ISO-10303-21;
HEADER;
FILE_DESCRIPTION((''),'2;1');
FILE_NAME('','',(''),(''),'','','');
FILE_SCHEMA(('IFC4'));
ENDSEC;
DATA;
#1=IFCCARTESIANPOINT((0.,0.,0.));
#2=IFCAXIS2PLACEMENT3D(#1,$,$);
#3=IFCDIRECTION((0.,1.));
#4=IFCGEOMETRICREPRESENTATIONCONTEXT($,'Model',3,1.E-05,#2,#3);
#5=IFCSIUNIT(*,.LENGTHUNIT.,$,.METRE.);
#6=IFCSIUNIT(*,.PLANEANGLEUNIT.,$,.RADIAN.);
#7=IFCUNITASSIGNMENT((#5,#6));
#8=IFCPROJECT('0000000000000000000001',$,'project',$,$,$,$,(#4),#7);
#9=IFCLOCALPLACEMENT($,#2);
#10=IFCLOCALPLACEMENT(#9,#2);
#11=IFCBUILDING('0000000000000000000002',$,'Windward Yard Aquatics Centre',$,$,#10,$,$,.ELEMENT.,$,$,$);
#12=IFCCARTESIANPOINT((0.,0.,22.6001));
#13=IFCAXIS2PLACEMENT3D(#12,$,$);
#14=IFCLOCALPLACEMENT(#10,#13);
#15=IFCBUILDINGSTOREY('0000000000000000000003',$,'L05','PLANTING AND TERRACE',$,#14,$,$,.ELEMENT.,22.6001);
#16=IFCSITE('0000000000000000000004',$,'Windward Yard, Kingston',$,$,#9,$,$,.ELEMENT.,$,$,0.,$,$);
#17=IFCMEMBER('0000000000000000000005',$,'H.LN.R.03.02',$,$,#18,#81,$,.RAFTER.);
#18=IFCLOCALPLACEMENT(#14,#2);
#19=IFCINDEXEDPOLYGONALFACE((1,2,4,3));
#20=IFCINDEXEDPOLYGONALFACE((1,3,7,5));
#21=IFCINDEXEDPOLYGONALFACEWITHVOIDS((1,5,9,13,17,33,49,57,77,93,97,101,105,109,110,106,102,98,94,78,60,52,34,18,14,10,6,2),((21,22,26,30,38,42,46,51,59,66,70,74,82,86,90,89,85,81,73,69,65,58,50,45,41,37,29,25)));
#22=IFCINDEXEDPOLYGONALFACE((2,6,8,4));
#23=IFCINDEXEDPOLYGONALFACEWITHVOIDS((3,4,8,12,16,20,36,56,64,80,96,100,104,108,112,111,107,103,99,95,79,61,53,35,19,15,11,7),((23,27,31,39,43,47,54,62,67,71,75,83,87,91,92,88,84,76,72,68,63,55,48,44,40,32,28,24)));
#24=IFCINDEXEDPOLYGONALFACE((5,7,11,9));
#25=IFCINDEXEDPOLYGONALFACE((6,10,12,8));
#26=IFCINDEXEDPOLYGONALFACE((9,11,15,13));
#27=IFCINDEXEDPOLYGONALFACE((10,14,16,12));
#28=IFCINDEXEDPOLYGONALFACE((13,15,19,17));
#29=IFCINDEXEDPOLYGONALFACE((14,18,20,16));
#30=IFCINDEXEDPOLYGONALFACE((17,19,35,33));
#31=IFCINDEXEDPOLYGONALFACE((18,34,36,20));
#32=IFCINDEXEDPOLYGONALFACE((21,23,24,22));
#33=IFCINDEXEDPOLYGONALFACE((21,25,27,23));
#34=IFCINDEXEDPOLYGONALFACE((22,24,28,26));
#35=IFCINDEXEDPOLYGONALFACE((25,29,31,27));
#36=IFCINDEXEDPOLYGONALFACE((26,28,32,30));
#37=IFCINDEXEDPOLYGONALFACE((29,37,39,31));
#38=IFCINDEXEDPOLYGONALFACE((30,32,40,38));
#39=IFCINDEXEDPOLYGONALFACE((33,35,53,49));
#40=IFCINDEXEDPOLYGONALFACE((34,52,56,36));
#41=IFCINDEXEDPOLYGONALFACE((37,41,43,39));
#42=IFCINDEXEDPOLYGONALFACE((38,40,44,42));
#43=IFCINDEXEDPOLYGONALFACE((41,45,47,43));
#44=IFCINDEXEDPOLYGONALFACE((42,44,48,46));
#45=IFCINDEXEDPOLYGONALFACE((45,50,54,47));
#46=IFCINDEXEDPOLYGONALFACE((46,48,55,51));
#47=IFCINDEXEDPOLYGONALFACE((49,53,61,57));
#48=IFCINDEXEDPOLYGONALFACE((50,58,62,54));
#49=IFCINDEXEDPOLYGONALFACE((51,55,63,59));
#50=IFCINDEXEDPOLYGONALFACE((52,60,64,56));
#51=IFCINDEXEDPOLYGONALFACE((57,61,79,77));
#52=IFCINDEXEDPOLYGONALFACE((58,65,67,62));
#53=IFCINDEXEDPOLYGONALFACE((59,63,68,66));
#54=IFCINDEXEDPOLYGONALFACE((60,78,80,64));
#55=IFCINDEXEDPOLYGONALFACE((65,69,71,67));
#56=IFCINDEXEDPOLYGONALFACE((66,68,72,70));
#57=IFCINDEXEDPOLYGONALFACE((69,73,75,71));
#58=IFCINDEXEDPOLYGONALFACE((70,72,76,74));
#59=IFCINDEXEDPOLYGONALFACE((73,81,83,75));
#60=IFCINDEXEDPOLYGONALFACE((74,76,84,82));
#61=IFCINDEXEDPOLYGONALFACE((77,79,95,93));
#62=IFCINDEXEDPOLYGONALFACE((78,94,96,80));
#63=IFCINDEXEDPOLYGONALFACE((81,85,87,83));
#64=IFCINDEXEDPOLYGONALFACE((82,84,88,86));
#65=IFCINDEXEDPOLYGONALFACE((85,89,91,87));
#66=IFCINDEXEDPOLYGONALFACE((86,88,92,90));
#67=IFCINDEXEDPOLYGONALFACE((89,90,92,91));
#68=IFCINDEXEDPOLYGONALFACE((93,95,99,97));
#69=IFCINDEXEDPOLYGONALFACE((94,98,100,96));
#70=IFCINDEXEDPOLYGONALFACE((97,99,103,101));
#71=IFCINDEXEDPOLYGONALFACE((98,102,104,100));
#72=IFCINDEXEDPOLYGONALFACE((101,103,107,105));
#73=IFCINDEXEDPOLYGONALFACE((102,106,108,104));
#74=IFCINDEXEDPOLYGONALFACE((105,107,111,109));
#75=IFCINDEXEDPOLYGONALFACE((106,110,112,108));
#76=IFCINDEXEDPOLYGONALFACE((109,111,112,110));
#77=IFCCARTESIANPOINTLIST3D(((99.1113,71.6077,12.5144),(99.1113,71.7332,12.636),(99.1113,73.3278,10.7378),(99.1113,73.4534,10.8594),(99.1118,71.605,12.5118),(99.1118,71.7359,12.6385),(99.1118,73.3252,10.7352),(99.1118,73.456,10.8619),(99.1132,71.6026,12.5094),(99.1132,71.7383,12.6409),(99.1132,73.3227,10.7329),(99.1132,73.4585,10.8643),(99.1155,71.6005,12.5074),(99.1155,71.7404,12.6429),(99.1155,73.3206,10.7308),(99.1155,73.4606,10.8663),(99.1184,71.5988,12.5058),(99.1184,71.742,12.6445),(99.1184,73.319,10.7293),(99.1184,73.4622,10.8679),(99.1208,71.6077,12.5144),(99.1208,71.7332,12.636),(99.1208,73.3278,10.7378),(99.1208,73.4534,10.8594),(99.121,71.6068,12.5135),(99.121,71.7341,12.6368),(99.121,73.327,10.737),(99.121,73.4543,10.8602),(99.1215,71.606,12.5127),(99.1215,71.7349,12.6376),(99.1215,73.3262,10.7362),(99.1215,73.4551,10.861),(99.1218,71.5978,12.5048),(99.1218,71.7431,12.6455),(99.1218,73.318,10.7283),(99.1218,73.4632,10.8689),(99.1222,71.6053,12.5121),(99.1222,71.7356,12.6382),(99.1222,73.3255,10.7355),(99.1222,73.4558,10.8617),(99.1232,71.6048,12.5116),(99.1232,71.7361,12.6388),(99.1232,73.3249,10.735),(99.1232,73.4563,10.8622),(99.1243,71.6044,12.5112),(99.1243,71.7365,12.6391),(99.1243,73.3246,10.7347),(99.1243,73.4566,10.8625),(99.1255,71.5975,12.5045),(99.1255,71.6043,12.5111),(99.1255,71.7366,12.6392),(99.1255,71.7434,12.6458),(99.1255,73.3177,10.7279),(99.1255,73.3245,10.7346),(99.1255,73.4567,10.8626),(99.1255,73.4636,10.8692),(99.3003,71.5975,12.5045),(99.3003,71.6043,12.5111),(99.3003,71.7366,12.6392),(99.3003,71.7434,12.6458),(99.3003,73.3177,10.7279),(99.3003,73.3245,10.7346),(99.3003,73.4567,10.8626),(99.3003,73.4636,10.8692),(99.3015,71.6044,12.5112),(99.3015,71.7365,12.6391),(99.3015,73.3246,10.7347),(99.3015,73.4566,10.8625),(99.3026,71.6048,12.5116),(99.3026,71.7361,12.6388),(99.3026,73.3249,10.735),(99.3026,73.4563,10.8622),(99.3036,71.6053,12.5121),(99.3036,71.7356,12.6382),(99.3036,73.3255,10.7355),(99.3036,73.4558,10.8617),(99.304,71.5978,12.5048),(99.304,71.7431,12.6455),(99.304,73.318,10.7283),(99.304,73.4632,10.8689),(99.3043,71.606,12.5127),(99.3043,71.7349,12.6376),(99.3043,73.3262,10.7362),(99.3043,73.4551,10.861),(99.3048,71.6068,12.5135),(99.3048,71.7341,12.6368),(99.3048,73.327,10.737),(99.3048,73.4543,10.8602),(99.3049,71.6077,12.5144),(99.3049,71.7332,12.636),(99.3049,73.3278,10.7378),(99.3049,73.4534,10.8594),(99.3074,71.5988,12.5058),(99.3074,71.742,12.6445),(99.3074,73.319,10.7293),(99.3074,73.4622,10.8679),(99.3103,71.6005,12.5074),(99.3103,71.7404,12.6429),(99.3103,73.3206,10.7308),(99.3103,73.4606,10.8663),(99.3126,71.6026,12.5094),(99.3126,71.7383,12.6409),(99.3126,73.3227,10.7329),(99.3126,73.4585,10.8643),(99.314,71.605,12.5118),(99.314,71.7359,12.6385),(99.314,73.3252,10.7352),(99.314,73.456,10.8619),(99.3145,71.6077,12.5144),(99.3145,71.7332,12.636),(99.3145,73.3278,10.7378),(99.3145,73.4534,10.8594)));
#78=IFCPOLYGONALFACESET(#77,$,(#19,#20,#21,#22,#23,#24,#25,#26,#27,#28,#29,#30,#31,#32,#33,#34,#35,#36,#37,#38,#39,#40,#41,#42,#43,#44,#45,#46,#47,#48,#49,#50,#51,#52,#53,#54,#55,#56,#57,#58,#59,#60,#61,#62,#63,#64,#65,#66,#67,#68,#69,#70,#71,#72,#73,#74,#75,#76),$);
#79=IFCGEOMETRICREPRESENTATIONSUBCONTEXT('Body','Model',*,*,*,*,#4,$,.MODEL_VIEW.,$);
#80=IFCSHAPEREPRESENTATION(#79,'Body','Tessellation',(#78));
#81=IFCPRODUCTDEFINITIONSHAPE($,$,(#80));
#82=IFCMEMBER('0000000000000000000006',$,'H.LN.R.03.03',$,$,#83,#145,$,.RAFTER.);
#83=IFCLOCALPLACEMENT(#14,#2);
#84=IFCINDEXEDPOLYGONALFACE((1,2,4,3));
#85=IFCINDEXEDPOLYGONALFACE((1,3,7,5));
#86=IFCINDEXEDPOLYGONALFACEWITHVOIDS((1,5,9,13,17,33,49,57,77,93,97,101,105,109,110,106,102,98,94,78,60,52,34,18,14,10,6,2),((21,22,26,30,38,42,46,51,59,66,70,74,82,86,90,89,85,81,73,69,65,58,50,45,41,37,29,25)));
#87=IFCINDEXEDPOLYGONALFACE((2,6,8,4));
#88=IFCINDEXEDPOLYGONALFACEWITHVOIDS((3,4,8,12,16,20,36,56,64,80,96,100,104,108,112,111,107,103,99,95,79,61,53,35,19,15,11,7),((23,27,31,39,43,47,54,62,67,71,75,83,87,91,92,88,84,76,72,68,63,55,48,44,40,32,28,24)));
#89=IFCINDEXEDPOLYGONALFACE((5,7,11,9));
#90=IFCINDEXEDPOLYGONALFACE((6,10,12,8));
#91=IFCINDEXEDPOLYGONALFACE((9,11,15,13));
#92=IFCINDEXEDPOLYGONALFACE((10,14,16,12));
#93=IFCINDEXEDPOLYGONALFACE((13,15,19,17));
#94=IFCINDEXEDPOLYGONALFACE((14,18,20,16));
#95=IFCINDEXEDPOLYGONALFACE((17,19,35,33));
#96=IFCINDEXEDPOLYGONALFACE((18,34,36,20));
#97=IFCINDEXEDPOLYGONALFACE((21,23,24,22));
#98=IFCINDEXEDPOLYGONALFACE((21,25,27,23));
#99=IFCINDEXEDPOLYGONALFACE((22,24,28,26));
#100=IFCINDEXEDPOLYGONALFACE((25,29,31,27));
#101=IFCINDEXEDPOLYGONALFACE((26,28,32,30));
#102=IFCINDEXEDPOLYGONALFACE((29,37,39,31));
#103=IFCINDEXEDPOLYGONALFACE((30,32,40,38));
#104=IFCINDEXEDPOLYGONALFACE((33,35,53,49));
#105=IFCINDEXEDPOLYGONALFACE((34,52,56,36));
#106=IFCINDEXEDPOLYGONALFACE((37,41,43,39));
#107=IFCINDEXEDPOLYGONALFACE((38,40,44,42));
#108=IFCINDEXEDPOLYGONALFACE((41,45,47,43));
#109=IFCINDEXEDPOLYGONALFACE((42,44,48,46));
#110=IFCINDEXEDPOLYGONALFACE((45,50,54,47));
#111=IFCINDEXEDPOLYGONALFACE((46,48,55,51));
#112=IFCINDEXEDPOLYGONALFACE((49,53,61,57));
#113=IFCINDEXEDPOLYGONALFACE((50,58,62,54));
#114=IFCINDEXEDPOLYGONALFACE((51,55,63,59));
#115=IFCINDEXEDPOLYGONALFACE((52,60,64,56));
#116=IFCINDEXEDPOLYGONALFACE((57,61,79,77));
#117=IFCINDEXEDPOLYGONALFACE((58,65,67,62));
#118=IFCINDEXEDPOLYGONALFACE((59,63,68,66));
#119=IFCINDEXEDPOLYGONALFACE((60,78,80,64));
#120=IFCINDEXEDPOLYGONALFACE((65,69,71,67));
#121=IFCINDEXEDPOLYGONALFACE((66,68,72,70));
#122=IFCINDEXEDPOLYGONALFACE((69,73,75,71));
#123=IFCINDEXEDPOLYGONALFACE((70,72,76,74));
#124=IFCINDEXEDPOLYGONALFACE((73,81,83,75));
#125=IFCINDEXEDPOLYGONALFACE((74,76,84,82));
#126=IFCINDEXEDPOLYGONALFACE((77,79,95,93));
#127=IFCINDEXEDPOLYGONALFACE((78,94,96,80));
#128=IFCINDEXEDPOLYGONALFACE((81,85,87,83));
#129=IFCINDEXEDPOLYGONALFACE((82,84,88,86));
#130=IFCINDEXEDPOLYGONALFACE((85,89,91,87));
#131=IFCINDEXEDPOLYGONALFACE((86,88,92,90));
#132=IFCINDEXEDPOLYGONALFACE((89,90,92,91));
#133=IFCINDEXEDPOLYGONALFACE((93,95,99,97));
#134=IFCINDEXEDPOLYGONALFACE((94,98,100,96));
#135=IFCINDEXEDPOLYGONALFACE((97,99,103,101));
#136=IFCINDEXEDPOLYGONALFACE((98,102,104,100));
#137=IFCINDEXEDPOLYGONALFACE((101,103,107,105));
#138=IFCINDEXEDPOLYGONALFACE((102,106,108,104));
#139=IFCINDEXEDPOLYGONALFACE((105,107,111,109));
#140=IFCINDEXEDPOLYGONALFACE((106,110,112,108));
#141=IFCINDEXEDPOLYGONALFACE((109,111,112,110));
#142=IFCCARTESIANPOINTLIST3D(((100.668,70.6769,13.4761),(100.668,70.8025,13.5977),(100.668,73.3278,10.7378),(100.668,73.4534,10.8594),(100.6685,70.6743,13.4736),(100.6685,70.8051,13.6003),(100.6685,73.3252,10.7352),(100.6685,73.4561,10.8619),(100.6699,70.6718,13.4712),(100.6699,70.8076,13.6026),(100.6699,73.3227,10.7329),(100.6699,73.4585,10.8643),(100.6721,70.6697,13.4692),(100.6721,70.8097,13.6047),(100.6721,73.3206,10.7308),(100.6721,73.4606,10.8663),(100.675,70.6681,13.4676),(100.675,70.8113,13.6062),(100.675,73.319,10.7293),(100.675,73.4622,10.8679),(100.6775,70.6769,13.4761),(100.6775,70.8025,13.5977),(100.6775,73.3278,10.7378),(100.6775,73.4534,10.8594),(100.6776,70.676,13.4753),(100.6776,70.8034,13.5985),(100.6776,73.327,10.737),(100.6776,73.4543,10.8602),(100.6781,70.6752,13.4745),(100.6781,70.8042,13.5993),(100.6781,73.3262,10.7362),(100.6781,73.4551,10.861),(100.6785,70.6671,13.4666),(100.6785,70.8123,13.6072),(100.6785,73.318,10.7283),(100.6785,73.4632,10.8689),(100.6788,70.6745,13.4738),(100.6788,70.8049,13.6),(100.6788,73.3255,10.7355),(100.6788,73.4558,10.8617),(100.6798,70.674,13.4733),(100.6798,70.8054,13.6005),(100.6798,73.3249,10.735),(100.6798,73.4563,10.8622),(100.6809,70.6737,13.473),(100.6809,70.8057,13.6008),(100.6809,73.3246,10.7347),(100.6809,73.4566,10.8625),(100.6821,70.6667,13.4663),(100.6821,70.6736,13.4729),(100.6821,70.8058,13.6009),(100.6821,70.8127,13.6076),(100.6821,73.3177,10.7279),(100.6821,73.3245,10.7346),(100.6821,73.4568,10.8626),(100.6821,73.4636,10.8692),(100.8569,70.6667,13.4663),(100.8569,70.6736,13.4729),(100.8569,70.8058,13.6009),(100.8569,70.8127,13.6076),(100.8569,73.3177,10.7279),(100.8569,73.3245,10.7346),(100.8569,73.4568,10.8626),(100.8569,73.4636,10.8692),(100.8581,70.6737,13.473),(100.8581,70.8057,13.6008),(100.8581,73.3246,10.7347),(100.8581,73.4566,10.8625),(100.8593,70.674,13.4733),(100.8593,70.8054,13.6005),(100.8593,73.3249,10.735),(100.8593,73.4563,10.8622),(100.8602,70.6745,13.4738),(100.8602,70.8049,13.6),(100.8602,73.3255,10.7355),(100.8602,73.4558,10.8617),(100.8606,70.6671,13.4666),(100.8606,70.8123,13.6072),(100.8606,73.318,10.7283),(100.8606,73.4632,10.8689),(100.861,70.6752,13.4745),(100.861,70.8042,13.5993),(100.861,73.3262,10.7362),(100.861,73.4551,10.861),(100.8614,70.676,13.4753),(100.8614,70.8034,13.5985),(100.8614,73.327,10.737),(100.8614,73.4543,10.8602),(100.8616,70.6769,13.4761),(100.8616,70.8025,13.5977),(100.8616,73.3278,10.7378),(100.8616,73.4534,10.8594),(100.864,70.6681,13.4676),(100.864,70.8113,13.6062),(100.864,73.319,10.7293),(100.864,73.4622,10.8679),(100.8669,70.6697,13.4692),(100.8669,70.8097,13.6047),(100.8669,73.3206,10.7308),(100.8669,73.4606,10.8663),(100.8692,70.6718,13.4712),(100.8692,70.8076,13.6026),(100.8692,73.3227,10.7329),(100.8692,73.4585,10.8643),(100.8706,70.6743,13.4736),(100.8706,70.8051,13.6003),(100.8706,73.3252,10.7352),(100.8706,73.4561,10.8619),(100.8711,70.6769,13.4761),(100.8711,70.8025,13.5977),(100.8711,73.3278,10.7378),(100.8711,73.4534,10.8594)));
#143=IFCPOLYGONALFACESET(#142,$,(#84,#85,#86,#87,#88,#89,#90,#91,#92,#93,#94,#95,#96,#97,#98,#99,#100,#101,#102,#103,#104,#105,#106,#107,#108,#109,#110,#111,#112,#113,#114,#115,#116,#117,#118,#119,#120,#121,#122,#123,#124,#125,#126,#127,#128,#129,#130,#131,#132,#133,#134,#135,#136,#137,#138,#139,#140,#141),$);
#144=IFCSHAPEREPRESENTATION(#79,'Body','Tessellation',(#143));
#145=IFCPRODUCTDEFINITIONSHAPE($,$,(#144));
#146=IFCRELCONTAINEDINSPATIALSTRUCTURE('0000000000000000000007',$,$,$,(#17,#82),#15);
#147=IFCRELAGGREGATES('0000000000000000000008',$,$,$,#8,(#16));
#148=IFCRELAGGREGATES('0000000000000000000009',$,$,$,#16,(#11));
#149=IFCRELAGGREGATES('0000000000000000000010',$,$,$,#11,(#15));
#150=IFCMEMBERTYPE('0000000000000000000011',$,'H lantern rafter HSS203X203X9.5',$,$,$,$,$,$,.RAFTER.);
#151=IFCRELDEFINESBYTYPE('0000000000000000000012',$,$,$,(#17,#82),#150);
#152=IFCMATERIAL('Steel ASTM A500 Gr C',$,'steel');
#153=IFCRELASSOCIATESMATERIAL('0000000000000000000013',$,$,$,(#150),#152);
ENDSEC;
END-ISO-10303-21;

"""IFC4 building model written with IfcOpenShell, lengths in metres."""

from ifc_helpers import new_model, si_unit, direction, frame, origin, origin_2d, place, context, subcontext, project, spatial, hollow_rectangle, extrude, material, material_profile, profile_set, type_object, element, save


model = new_model("IFC4")

# Units and contexts
model_context = context("Model", 3, precision=1e-05, world=origin(), true_north=direction((0.0, 1.0)))
body_context = subcontext(model_context, "Body", "Model", "MODEL_VIEW")
ifc_project = project(units=[si_unit("LENGTHUNIT", "METRE"), si_unit("PLANEANGLEUNIT", "RADIAN")], contexts=[model_context])

# Site, building, storey
site_placement = place(None, origin())
site = spatial("IfcSite", under=ifc_project, at=site_placement, Name="Windward Yard, Kingston", CompositionType="ELEMENT", RefElevation=0.0)
building_placement = place(site_placement, origin())
building = spatial("IfcBuilding", under=site, at=building_placement, Name="Windward Yard Aquatics Centre", CompositionType="ELEMENT")
storey_placement = place(building_placement, frame((0.0, 0.0, 22.6001)))
storey = spatial("IfcBuildingStorey", under=building, at=storey_placement, Name="L05", Description="PLANTING AND TERRACE", CompositionType="ELEMENT", Elevation=22.6001)

# Members
ifc_material_1 = material(Name="Steel ASTM A500 Gr C", Category="steel")
ifc_material_profile_1 = material_profile(ifc_material_1, hollow_rectangle(XDim=0.2031, YDim=0.2031, WallThickness=0.0095, InnerFilletRadius=0.0046, OuterFilletRadius=0.0142, at=origin_2d()), Name="HSS203X203X9.5")
ifc_profile_set_1 = profile_set([ifc_material_profile_1], Name="Steel ASTM A500 Gr C")
member_type_1 = type_object("IfcMemberType", Name="H lantern rafter HSS203X203X9.5", PredefinedType="RAFTER", material=ifc_profile_set_1)
member_1_placement = place(storey_placement, frame((99.2129, 73.3906, 10.7986), z_axis=(0.0, -0.695612, 0.718418), x_axis=(1.0, 0.0, 0.0)))
element("IfcMember", 1, at=member_1_placement, inside=storey, type_object=member_type_1, Name="H.LN.R.03.02", PredefinedType="RAFTER", context=body_context, shape_type="SweptSolid", body=[
    extrude(hollow_rectangle(XDim=0.2031, YDim=0.2031, WallThickness=0.0095, InnerFilletRadius=0.0046, OuterFilletRadius=0.0142, at=origin_2d()), origin(), (0.0, 0.0, 1.0), 2.4729),
])
member_2_placement = place(storey_placement, frame((100.7695, 73.3906, 10.7986), z_axis=(0.0, -0.695547, 0.71848), x_axis=(1.0, 0.0, 0.0)))
element("IfcMember", 2, at=member_2_placement, inside=storey, type_object=member_type_1, Name="H.LN.R.03.03", PredefinedType="RAFTER", context=body_context, shape_type="SweptSolid", body=[
    extrude(hollow_rectangle(XDim=0.2031, YDim=0.2031, WallThickness=0.0095, InnerFilletRadius=0.0046, OuterFilletRadius=0.0142, at=origin_2d()), origin(), (0.0, 0.0, 1.0), 3.8113),
])

save(model, "model.ifc")
